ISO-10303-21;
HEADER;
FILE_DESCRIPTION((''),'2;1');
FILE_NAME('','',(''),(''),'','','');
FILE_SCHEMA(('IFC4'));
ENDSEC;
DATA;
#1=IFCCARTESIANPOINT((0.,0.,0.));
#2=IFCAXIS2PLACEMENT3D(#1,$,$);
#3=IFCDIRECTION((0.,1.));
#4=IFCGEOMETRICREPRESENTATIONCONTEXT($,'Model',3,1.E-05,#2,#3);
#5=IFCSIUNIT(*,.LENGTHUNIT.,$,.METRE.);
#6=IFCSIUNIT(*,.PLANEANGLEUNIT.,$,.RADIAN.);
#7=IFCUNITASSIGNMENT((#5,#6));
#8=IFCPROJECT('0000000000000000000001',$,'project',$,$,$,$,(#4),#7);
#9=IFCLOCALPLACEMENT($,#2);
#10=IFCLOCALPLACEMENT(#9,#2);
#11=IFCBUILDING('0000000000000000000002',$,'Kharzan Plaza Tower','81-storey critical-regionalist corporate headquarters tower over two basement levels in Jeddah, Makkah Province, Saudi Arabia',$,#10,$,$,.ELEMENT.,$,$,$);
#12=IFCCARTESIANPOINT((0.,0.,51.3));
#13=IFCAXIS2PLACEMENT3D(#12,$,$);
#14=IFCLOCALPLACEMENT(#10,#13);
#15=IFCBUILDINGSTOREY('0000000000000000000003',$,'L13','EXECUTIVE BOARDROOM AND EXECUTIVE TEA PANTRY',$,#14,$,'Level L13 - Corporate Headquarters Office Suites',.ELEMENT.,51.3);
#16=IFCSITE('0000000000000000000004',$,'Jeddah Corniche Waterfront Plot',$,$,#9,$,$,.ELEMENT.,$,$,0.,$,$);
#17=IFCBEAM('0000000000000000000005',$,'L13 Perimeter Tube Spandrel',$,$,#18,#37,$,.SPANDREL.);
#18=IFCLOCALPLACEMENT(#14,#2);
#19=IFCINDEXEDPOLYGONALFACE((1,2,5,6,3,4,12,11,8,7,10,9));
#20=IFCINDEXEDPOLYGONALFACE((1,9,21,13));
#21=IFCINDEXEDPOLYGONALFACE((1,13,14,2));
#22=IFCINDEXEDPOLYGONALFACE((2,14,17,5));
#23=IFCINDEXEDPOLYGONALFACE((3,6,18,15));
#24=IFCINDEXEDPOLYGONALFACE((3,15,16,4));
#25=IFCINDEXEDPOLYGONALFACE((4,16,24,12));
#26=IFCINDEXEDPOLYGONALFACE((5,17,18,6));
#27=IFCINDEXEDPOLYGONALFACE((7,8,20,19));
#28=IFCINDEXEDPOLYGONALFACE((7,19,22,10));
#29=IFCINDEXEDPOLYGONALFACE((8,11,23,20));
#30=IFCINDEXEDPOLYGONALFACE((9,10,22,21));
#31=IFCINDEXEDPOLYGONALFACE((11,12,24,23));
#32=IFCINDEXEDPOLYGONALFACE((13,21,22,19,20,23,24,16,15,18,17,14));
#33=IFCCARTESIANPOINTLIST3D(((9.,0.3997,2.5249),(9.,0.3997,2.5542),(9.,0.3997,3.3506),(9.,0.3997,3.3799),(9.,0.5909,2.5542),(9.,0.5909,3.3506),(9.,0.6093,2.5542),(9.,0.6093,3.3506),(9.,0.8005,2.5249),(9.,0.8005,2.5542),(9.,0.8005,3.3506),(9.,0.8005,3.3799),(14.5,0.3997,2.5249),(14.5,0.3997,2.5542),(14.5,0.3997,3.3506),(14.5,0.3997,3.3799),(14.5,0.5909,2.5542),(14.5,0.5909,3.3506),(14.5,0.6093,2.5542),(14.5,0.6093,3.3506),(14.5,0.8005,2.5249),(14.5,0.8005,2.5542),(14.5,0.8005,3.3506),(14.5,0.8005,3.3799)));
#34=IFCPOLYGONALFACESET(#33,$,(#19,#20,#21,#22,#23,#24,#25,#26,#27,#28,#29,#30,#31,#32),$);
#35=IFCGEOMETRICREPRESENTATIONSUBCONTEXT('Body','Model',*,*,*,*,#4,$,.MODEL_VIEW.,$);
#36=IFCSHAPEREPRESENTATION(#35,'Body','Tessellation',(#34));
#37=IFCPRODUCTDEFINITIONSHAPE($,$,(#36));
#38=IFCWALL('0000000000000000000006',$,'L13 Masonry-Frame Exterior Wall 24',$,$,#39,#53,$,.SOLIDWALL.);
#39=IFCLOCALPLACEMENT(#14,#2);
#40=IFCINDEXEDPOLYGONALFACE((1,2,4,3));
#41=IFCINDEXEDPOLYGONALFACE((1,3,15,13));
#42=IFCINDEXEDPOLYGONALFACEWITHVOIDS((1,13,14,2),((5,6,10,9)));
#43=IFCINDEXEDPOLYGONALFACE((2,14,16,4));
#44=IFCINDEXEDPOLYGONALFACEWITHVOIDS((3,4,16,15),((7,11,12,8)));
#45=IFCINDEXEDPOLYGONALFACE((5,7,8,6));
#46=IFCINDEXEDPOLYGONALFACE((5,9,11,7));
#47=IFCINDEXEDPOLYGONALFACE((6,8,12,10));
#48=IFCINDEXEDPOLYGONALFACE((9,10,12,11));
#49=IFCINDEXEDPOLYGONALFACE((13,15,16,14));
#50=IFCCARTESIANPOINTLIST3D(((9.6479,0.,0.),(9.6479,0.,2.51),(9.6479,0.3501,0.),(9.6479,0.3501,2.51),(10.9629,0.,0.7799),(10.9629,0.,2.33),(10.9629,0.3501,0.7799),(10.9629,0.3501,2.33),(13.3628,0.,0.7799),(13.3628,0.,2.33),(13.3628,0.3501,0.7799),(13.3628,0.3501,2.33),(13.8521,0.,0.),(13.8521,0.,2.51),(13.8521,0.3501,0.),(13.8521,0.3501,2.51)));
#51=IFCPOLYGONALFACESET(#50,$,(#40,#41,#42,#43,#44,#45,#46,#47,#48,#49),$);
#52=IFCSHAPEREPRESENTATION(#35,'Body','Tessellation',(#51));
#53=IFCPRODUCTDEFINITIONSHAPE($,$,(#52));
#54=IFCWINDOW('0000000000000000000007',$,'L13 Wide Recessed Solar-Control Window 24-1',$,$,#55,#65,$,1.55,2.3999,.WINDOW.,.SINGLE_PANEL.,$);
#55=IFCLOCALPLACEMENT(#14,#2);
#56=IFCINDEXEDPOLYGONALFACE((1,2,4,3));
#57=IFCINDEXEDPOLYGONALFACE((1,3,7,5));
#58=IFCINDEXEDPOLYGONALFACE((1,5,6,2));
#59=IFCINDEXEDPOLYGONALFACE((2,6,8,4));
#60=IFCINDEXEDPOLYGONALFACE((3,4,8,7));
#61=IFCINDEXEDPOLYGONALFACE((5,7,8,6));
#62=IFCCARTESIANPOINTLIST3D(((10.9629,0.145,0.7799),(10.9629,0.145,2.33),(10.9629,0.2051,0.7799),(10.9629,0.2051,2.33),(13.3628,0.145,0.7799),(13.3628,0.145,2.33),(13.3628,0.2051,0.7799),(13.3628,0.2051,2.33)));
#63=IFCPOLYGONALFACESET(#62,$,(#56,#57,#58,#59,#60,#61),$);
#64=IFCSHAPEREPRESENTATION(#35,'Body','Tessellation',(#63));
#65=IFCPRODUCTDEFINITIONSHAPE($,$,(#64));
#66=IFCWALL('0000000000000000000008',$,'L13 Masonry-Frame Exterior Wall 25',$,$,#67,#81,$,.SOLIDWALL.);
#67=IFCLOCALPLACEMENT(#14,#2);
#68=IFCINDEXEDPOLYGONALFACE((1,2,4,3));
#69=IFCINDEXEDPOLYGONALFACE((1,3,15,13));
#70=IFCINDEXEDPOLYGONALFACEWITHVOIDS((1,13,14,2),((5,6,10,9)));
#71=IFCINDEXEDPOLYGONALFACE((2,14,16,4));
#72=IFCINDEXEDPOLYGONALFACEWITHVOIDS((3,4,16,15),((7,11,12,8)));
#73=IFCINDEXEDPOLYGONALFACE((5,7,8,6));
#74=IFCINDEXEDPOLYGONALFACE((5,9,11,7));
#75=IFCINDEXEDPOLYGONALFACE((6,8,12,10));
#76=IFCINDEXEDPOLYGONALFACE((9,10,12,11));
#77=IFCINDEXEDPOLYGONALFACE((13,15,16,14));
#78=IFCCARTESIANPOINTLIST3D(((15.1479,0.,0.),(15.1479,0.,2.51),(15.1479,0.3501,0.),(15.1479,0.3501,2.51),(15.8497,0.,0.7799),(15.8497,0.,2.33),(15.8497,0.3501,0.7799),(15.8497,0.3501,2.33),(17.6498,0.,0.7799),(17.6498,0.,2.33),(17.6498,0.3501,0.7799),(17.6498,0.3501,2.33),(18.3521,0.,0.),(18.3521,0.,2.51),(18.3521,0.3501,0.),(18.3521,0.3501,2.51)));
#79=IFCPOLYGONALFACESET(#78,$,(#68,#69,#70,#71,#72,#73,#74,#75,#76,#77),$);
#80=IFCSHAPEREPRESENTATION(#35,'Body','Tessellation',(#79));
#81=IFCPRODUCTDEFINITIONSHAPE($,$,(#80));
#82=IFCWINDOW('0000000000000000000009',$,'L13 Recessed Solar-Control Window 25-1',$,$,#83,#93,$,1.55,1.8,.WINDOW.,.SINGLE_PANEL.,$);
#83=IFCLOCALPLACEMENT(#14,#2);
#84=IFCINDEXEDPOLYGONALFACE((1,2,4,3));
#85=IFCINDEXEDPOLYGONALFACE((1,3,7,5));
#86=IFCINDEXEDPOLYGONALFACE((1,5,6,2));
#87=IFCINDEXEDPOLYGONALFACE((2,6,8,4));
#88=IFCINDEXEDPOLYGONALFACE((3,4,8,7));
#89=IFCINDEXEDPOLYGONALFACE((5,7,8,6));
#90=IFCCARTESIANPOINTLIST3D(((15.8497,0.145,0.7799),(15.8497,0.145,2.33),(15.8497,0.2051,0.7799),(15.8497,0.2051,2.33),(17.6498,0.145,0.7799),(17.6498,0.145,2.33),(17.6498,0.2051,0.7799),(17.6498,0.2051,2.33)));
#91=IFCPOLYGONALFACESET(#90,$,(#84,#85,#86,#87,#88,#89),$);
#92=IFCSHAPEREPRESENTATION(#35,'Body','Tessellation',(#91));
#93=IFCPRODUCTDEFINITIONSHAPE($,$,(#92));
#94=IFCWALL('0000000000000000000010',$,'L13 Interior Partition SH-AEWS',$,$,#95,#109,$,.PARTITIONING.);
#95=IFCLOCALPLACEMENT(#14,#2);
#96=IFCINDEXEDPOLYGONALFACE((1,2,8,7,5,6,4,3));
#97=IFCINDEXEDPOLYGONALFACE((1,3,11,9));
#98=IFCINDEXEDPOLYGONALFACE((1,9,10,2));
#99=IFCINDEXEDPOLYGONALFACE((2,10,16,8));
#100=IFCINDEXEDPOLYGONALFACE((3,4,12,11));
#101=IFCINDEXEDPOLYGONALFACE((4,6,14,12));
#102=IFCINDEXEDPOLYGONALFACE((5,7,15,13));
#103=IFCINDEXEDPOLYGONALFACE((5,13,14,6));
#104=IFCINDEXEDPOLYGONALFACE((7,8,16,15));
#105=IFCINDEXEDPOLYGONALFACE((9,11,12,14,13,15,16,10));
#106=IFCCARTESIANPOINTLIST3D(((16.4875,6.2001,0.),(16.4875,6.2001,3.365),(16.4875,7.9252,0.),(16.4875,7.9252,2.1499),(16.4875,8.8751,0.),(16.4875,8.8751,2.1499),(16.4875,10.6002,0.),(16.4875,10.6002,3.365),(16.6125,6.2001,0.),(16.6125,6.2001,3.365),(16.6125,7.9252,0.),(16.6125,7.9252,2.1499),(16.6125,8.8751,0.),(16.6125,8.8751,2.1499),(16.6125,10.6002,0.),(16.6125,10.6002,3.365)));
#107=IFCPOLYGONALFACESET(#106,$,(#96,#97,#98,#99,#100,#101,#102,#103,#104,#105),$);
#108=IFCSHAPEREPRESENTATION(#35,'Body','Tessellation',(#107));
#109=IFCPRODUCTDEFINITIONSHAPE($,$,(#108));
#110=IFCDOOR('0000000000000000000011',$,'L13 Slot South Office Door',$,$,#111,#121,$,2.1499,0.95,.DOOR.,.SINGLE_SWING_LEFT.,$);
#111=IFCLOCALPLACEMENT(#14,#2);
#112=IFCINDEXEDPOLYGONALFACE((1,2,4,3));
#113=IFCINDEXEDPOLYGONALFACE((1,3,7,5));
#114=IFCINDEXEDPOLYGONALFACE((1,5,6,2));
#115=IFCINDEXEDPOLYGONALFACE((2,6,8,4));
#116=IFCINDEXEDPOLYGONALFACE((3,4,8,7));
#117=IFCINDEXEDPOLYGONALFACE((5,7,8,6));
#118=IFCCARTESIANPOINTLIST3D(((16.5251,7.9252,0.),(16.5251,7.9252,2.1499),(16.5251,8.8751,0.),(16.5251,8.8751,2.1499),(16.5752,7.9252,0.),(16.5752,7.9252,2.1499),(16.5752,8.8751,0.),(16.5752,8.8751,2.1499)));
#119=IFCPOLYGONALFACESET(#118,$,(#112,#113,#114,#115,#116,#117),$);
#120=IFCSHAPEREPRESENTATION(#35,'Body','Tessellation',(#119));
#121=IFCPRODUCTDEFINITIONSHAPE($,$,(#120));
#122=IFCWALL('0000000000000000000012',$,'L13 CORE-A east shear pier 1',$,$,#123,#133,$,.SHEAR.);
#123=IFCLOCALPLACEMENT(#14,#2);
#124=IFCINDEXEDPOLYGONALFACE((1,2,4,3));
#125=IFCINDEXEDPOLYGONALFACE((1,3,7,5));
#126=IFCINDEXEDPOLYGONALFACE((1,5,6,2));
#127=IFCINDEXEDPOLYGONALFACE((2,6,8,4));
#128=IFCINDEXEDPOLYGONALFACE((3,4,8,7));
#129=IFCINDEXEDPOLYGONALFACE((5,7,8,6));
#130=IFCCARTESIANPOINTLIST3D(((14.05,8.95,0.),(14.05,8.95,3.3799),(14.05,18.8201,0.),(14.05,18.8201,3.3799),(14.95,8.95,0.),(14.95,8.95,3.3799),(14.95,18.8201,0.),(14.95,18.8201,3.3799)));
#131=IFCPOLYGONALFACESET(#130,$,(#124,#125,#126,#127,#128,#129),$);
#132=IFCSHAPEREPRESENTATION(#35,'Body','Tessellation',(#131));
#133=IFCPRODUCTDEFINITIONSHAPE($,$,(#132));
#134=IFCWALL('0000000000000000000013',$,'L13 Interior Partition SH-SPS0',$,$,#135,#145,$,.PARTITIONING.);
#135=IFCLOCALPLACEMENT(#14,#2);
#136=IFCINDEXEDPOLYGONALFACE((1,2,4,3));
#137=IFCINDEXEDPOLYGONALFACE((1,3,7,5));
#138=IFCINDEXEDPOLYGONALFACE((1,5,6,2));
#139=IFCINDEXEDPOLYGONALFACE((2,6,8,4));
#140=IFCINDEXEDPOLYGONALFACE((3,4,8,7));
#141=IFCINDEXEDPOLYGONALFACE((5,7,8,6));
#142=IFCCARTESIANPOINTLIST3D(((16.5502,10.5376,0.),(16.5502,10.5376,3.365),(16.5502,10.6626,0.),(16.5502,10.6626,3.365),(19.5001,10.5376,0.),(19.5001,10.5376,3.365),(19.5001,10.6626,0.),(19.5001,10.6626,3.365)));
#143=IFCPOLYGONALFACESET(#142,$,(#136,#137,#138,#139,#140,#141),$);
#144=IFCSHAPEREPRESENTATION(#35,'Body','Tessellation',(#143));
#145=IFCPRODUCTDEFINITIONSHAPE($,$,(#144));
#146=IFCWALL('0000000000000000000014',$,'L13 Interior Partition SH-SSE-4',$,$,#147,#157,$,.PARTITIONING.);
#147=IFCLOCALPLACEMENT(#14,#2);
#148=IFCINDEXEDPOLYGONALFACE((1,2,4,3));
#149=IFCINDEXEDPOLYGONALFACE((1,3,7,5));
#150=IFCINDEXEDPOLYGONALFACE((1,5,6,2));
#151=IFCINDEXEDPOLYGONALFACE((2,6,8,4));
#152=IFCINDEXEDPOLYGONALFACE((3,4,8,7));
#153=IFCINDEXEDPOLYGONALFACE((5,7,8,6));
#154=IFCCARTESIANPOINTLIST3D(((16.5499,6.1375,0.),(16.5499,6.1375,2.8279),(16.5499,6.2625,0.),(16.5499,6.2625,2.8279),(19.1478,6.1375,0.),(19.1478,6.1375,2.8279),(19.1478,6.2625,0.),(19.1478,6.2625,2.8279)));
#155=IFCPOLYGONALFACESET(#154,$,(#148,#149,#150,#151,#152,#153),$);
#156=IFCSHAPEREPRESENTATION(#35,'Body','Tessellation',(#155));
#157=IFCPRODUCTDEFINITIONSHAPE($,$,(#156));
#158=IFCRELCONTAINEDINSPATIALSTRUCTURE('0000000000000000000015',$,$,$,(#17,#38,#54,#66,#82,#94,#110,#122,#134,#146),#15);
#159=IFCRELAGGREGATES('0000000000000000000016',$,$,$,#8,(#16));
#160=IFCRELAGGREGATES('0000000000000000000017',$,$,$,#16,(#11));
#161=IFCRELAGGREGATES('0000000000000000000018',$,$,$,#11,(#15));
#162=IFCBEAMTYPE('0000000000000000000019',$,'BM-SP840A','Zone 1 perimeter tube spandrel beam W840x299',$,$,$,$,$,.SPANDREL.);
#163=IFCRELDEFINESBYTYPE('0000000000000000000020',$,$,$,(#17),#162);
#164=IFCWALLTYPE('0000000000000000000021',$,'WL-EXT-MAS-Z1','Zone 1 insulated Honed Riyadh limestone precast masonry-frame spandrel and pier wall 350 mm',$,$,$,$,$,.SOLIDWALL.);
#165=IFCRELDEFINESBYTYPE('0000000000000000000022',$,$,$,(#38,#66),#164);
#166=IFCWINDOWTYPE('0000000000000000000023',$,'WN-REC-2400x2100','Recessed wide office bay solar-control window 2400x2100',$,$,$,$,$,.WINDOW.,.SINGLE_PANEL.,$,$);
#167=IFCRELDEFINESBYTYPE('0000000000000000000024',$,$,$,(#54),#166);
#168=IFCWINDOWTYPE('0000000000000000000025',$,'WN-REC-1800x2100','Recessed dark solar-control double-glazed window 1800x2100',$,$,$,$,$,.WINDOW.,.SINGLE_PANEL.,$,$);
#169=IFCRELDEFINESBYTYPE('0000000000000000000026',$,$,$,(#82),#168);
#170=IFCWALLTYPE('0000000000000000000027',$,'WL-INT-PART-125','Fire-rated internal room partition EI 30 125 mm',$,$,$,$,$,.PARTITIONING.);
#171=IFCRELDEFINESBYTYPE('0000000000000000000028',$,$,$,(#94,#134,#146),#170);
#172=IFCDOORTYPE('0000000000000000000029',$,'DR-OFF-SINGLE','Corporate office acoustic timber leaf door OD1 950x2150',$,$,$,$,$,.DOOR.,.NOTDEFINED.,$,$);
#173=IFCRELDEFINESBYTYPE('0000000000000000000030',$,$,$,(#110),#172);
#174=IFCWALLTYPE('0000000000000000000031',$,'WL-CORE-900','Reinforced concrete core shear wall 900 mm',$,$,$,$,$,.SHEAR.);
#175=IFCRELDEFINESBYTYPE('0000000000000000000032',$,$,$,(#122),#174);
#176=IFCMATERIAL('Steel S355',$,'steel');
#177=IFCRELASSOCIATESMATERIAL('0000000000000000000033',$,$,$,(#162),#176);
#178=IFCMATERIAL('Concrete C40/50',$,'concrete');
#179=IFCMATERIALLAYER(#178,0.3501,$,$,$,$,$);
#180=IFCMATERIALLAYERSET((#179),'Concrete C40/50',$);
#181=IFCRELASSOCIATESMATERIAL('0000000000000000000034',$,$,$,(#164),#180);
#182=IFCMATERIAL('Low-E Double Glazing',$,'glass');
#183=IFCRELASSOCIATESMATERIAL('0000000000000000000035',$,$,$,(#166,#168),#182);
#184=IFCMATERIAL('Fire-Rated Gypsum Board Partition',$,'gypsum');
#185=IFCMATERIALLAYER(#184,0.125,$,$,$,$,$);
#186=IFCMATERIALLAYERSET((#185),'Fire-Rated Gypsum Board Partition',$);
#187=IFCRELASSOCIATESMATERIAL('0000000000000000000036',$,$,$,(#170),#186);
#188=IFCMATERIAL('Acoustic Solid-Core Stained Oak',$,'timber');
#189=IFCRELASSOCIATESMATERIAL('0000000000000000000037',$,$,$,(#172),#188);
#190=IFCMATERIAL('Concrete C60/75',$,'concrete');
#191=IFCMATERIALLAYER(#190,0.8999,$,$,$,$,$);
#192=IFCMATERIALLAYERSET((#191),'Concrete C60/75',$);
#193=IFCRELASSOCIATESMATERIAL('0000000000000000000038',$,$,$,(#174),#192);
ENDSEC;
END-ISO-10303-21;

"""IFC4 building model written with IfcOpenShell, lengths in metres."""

from ifc_helpers import new_model, si_unit, direction, frame, frame_2d, origin, origin_2d, place, context, subcontext, project, spatial, rectangle, i_section, extrude, source, transform, mapped, material, layer, layer_set, material_profile, profile_set, type_object, element, fill, save


model = new_model("IFC4")

# Units and contexts
model_context = context("Model", 3, precision=1e-05, world=origin(), true_north=direction((0.0, 1.0)))
body_context = subcontext(model_context, "Body", "Model", "MODEL_VIEW")
ifc_project = project(units=[si_unit("LENGTHUNIT", "METRE"), si_unit("PLANEANGLEUNIT", "RADIAN")], contexts=[model_context])

# Site, building, storey
site_placement = place(None, origin())
site = spatial("IfcSite", under=ifc_project, at=site_placement, Name="Jeddah Corniche Waterfront Plot", CompositionType="ELEMENT", RefElevation=0.0)
building_placement = place(site_placement, origin())
building = spatial("IfcBuilding", under=site, at=building_placement, Name="Kharzan Plaza Tower", Description="81-storey critical-regionalist corporate headquarters tower over two basement levels in Jeddah, Makkah Province, Saudi Arabia", CompositionType="ELEMENT")
storey_placement = place(building_placement, frame((0.0, 0.0, 51.3)))
storey = spatial("IfcBuildingStorey", under=building, at=storey_placement, Name="L13", Description="EXECUTIVE BOARDROOM AND EXECUTIVE TEA PANTRY", LongName="Level L13 - Corporate Headquarters Office Suites", CompositionType="ELEMENT", Elevation=51.3)

# Shared definitions
ifc_material_1 = material(Name="Concrete C60/75", Category="concrete")

# Beam
ifc_material_2 = material(Name="Steel S355", Category="steel")
ifc_material_profile_1 = material_profile(ifc_material_2, i_section(OverallWidth=0.4009, OverallDepth=0.855, WebThickness=0.0183, FlangeThickness=0.0293, at=origin_2d()), Name="W840x299")
ifc_profile_set_1 = profile_set([ifc_material_profile_1], Name="Steel S355")
beam_type_1 = type_object("IfcBeamType", Name="BM-SP840A", Description="Zone 1 perimeter tube spandrel beam W840x299", PredefinedType="SPANDREL", material=ifc_profile_set_1)
shared_shape_1 = source(origin(), body_context, "Body", "SweptSolid", [
    extrude(i_section(OverallWidth=0.4009, OverallDepth=0.855, WebThickness=0.0183, FlangeThickness=0.0293, at=origin_2d()), origin(), (0.0, 0.0, 1.0), 5.5),
])
beam_1_placement = place(storey_placement, frame((9.0, 0.6001, 2.9524), z_axis=(1.0, 0.0, 0.0), x_axis=(0.0, 1.0, 0.0)))
element("IfcBeam", 1, at=beam_1_placement, inside=storey, type_object=beam_type_1, Name="L13 Perimeter Tube Spandrel", PredefinedType="SPANDREL", context=body_context, shape_type="MappedRepresentation", body=[
    mapped(shared_shape_1, transform((0.0, 0.0, 0.0), x_axis=(1.0, 0.0, 0.0), y_axis=(0.0, 1.0, 0.0), z_axis=(0.0, 0.0, 1.0))),
])

# Walls, openings, windows
ifc_material_3 = material(Name="Concrete C40/50", Category="concrete")
ifc_layer_1 = layer(ifc_material_3, 0.3501)
ifc_layer_set_1 = layer_set([ifc_layer_1], Name="Concrete C40/50")
wall_type_1 = type_object("IfcWallType", Name="WL-EXT-MAS-Z1", Description="Zone 1 insulated Honed Riyadh limestone precast masonry-frame spandrel and pier wall 350 mm", PredefinedType="SOLIDWALL", material=ifc_layer_set_1)
wall_1_placement = place(storey_placement, frame((9.6479, 0.175, 0.0), z_axis=(0.0, 0.0, 1.0), x_axis=(1.0, 0.0, 0.0)))
wall_1 = element("IfcWall", 2, at=wall_1_placement, inside=storey, type_object=wall_type_1, Name="L13 Masonry-Frame Exterior Wall 24", PredefinedType="SOLIDWALL", context=body_context, shape_type="SweptSolid", body=[
    extrude(rectangle(XDim=4.2041, YDim=0.3501, at=frame_2d((2.1021, 0.0))), origin(), (0.0, 0.0, 1.0), 2.51),
])
opening_1_placement = place(wall_1_placement, frame((1.3149, 0.0, 0.78)))
opening_1 = element("IfcOpeningElement", 3, at=opening_1_placement, cuts=wall_1, PredefinedType="OPENING", context=body_context, shape_type="SweptSolid", body=[
    extrude(rectangle(XDim=2.3999, YDim=1.55, at=frame_2d((1.2, 0.7749))), frame((0.0, 0.1851, 0.0), z_axis=(0.0, -1.0, 0.0), x_axis=(1.0, 0.0, 0.0)), (0.0, 0.0, 1.0), 0.3701),
])
ifc_material_4 = material(Name="Low-E Double Glazing", Category="glass")
window_type_1 = type_object("IfcWindowType", Name="WN-REC-2400x2100", Description="Recessed wide office bay solar-control window 2400x2100", PartitioningType="SINGLE_PANEL", PredefinedType="WINDOW", material=ifc_material_4)
shared_shape_2 = source(origin(), body_context, "Body", "SweptSolid", [
    extrude(rectangle(XDim=2.3999, YDim=1.55, at=frame_2d((1.2, 0.7749))), frame((0.0, 0.03, 0.0), z_axis=(0.0, -1.0, 0.0), x_axis=(1.0, 0.0, 0.0)), (0.0, 0.0, 1.0), 0.0601),
])
window_1_placement = place(opening_1_placement, origin())
window_1 = element("IfcWindow", 4, at=window_1_placement, inside=storey, type_object=window_type_1, Name="L13 Wide Recessed Solar-Control Window 24-1", OverallHeight=1.55, OverallWidth=2.3999, PartitioningType="SINGLE_PANEL", PredefinedType="WINDOW", context=body_context, shape_type="MappedRepresentation", body=[
    mapped(shared_shape_2, transform((0.0, 0.0, 0.0), x_axis=(1.0, 0.0, 0.0), y_axis=(0.0, 1.0, 0.0), z_axis=(0.0, 0.0, 1.0))),
])
fill(opening_1, window_1)
wall_2_placement = place(storey_placement, frame((15.1479, 0.175, 0.0), z_axis=(0.0, 0.0, 1.0), x_axis=(1.0, 0.0, 0.0)))
wall_2 = element("IfcWall", 5, at=wall_2_placement, inside=storey, type_object=wall_type_1, Name="L13 Masonry-Frame Exterior Wall 25", PredefinedType="SOLIDWALL", context=body_context, shape_type="SweptSolid", body=[
    extrude(rectangle(XDim=3.2041, YDim=0.3501, at=frame_2d((1.6021, 0.0))), origin(), (0.0, 0.0, 1.0), 2.51),
])
opening_2_placement = place(wall_2_placement, frame((0.7019, 0.0, 0.78)))
opening_2 = element("IfcOpeningElement", 6, at=opening_2_placement, cuts=wall_2, PredefinedType="OPENING", context=body_context, shape_type="SweptSolid", body=[
    extrude(rectangle(XDim=1.8, YDim=1.55, at=frame_2d((0.8999, 0.7749))), frame((0.0, 0.1851, 0.0), z_axis=(0.0, -1.0, 0.0), x_axis=(1.0, 0.0, 0.0)), (0.0, 0.0, 1.0), 0.3701),
])
window_type_2 = type_object("IfcWindowType", Name="WN-REC-1800x2100", Description="Recessed dark solar-control double-glazed window 1800x2100", PartitioningType="SINGLE_PANEL", PredefinedType="WINDOW", material=ifc_material_4)
shared_shape_3 = source(origin(), body_context, "Body", "SweptSolid", [
    extrude(rectangle(XDim=1.8, YDim=1.55, at=frame_2d((0.8999, 0.7749))), frame((0.0, 0.03, 0.0), z_axis=(0.0, -1.0, 0.0), x_axis=(1.0, 0.0, 0.0)), (0.0, 0.0, 1.0), 0.0601),
])
window_2_placement = place(opening_2_placement, origin())
window_2 = element("IfcWindow", 7, at=window_2_placement, inside=storey, type_object=window_type_2, Name="L13 Recessed Solar-Control Window 25-1", OverallHeight=1.55, OverallWidth=1.8, PartitioningType="SINGLE_PANEL", PredefinedType="WINDOW", context=body_context, shape_type="MappedRepresentation", body=[
    mapped(shared_shape_3, transform((0.0, 0.0, 0.0), x_axis=(1.0, 0.0, 0.0), y_axis=(0.0, 1.0, 0.0), z_axis=(0.0, 0.0, 1.0))),
])
fill(opening_2, window_2)

# Wall, opening, door
ifc_material_5 = material(Name="Fire-Rated Gypsum Board Partition", Category="gypsum")
ifc_layer_2 = layer(ifc_material_5, 0.125)
ifc_layer_set_2 = layer_set([ifc_layer_2], Name="Fire-Rated Gypsum Board Partition")
wall_type_2 = type_object("IfcWallType", Name="WL-INT-PART-125", Description="Fire-rated internal room partition EI 30 125 mm", PredefinedType="PARTITIONING", material=ifc_layer_set_2)
wall_3_placement = place(storey_placement, frame((16.55, 6.2, 0.0), z_axis=(0.0, 0.0, 1.0), x_axis=(0.0, 1.0, 0.0)))
wall_3 = element("IfcWall", 8, at=wall_3_placement, inside=storey, type_object=wall_type_2, Name="L13 Interior Partition SH-AEWS", PredefinedType="PARTITIONING", context=body_context, shape_type="SweptSolid", body=[
    extrude(rectangle(XDim=4.4001, YDim=0.125, at=frame_2d((2.2002, 0.0))), origin(), (0.0, 0.0, 1.0), 3.365),
])
opening_3_placement = place(wall_3_placement, frame((1.7251, 0.0, 0.0)))
opening_3 = element("IfcOpeningElement", 9, at=opening_3_placement, cuts=wall_3, PredefinedType="OPENING", context=body_context, shape_type="SweptSolid", body=[
    extrude(rectangle(XDim=0.95, YDim=2.1499, at=frame_2d((0.4751, 1.075))), frame((0.0, 0.0725, 0.0), z_axis=(0.0, -1.0, 0.0), x_axis=(1.0, 0.0, 0.0)), (0.0, 0.0, 1.0), 0.145),
])
ifc_material_6 = material(Name="Acoustic Solid-Core Stained Oak", Category="timber")
door_type = type_object("IfcDoorType", Name="DR-OFF-SINGLE", Description="Corporate office acoustic timber leaf door OD1 950x2150", OperationType="NOTDEFINED", PredefinedType="DOOR", material=ifc_material_6)
shared_shape_4 = source(origin(), body_context, "Body", "SweptSolid", [
    extrude(rectangle(XDim=0.95, YDim=2.1499, at=frame_2d((0.4751, 1.075))), frame((0.0, 0.0249, 0.0), z_axis=(0.0, -1.0, 0.0), x_axis=(1.0, 0.0, 0.0)), (0.0, 0.0, 1.0), 0.05),
])
door_1_placement = place(opening_3_placement, origin())
door_1 = element("IfcDoor", 10, at=door_1_placement, inside=storey, type_object=door_type, Name="L13 Slot South Office Door", OperationType="SINGLE_SWING_LEFT", OverallHeight=2.1499, OverallWidth=0.95, PredefinedType="DOOR", context=body_context, shape_type="MappedRepresentation", body=[
    mapped(shared_shape_4, transform((0.0, 0.0, 0.0), x_axis=(1.0, 0.0, 0.0), y_axis=(0.0, 1.0, 0.0), z_axis=(0.0, 0.0, 1.0))),
])
fill(opening_3, door_1)

# Walls
ifc_layer_3 = layer(ifc_material_1, 0.8999)
ifc_layer_set_3 = layer_set([ifc_layer_3], Name="Concrete C60/75")
wall_type_3 = type_object("IfcWallType", Name="WL-CORE-900", Description="Reinforced concrete core shear wall 900 mm", PredefinedType="SHEAR", material=ifc_layer_set_3)
shared_shape_5 = source(origin(), body_context, "Body", "SweptSolid", [
    extrude(rectangle(XDim=9.8701, YDim=0.8999, at=frame_2d((4.9351, 0.0))), origin(), (0.0, 0.0, 1.0), 3.3799),
])
wall_4_placement = place(storey_placement, frame((14.5, 8.95, 0.0), z_axis=(0.0, 0.0, 1.0), x_axis=(0.0, 1.0, 0.0)))
element("IfcWall", 11, at=wall_4_placement, inside=storey, type_object=wall_type_3, Name="L13 CORE-A east shear pier 1", PredefinedType="SHEAR", context=body_context, shape_type="MappedRepresentation", body=[
    mapped(shared_shape_5, transform((0.0, 0.0, 0.0), x_axis=(1.0, 0.0, 0.0), y_axis=(0.0, 1.0, 0.0), z_axis=(0.0, 0.0, 1.0))),
])
shared_shape_6 = source(origin(), body_context, "Body", "SweptSolid", [
    extrude(rectangle(XDim=2.95, YDim=0.125, at=frame_2d((1.4751, 0.0))), origin(), (0.0, 0.0, 1.0), 3.365),
])
wall_5_placement = place(storey_placement, frame((16.55, 10.6001, 0.0), z_axis=(0.0, 0.0, 1.0), x_axis=(1.0, 0.0, 0.0)))
element("IfcWall", 12, at=wall_5_placement, inside=storey, type_object=wall_type_2, Name="L13 Interior Partition SH-SPS0", PredefinedType="PARTITIONING", context=body_context, shape_type="MappedRepresentation", body=[
    mapped(shared_shape_6, transform((0.0, 0.0, 0.0), x_axis=(1.0, 0.0, 0.0), y_axis=(0.0, 1.0, 0.0), z_axis=(0.0, 0.0, 1.0))),
])
shared_shape_7 = source(origin(), body_context, "Body", "SweptSolid", [
    extrude(rectangle(XDim=2.5979, YDim=0.125, at=frame_2d((1.2988, 0.0))), origin(), (0.0, 0.0, 1.0), 2.8279),
])
wall_6_placement = place(storey_placement, frame((16.55, 6.2, 0.0), z_axis=(0.0, 0.0, 1.0), x_axis=(1.0, 0.0, 0.0)))
element("IfcWall", 13, at=wall_6_placement, inside=storey, type_object=wall_type_2, Name="L13 Interior Partition SH-SSE-4", PredefinedType="PARTITIONING", context=body_context, shape_type="MappedRepresentation", body=[
    mapped(shared_shape_7, transform((0.0, 0.0, 0.0), x_axis=(1.0, 0.0, 0.0), y_axis=(0.0, 1.0, 0.0), z_axis=(0.0, 0.0, 1.0))),
])

save(model, "model.ifc")
